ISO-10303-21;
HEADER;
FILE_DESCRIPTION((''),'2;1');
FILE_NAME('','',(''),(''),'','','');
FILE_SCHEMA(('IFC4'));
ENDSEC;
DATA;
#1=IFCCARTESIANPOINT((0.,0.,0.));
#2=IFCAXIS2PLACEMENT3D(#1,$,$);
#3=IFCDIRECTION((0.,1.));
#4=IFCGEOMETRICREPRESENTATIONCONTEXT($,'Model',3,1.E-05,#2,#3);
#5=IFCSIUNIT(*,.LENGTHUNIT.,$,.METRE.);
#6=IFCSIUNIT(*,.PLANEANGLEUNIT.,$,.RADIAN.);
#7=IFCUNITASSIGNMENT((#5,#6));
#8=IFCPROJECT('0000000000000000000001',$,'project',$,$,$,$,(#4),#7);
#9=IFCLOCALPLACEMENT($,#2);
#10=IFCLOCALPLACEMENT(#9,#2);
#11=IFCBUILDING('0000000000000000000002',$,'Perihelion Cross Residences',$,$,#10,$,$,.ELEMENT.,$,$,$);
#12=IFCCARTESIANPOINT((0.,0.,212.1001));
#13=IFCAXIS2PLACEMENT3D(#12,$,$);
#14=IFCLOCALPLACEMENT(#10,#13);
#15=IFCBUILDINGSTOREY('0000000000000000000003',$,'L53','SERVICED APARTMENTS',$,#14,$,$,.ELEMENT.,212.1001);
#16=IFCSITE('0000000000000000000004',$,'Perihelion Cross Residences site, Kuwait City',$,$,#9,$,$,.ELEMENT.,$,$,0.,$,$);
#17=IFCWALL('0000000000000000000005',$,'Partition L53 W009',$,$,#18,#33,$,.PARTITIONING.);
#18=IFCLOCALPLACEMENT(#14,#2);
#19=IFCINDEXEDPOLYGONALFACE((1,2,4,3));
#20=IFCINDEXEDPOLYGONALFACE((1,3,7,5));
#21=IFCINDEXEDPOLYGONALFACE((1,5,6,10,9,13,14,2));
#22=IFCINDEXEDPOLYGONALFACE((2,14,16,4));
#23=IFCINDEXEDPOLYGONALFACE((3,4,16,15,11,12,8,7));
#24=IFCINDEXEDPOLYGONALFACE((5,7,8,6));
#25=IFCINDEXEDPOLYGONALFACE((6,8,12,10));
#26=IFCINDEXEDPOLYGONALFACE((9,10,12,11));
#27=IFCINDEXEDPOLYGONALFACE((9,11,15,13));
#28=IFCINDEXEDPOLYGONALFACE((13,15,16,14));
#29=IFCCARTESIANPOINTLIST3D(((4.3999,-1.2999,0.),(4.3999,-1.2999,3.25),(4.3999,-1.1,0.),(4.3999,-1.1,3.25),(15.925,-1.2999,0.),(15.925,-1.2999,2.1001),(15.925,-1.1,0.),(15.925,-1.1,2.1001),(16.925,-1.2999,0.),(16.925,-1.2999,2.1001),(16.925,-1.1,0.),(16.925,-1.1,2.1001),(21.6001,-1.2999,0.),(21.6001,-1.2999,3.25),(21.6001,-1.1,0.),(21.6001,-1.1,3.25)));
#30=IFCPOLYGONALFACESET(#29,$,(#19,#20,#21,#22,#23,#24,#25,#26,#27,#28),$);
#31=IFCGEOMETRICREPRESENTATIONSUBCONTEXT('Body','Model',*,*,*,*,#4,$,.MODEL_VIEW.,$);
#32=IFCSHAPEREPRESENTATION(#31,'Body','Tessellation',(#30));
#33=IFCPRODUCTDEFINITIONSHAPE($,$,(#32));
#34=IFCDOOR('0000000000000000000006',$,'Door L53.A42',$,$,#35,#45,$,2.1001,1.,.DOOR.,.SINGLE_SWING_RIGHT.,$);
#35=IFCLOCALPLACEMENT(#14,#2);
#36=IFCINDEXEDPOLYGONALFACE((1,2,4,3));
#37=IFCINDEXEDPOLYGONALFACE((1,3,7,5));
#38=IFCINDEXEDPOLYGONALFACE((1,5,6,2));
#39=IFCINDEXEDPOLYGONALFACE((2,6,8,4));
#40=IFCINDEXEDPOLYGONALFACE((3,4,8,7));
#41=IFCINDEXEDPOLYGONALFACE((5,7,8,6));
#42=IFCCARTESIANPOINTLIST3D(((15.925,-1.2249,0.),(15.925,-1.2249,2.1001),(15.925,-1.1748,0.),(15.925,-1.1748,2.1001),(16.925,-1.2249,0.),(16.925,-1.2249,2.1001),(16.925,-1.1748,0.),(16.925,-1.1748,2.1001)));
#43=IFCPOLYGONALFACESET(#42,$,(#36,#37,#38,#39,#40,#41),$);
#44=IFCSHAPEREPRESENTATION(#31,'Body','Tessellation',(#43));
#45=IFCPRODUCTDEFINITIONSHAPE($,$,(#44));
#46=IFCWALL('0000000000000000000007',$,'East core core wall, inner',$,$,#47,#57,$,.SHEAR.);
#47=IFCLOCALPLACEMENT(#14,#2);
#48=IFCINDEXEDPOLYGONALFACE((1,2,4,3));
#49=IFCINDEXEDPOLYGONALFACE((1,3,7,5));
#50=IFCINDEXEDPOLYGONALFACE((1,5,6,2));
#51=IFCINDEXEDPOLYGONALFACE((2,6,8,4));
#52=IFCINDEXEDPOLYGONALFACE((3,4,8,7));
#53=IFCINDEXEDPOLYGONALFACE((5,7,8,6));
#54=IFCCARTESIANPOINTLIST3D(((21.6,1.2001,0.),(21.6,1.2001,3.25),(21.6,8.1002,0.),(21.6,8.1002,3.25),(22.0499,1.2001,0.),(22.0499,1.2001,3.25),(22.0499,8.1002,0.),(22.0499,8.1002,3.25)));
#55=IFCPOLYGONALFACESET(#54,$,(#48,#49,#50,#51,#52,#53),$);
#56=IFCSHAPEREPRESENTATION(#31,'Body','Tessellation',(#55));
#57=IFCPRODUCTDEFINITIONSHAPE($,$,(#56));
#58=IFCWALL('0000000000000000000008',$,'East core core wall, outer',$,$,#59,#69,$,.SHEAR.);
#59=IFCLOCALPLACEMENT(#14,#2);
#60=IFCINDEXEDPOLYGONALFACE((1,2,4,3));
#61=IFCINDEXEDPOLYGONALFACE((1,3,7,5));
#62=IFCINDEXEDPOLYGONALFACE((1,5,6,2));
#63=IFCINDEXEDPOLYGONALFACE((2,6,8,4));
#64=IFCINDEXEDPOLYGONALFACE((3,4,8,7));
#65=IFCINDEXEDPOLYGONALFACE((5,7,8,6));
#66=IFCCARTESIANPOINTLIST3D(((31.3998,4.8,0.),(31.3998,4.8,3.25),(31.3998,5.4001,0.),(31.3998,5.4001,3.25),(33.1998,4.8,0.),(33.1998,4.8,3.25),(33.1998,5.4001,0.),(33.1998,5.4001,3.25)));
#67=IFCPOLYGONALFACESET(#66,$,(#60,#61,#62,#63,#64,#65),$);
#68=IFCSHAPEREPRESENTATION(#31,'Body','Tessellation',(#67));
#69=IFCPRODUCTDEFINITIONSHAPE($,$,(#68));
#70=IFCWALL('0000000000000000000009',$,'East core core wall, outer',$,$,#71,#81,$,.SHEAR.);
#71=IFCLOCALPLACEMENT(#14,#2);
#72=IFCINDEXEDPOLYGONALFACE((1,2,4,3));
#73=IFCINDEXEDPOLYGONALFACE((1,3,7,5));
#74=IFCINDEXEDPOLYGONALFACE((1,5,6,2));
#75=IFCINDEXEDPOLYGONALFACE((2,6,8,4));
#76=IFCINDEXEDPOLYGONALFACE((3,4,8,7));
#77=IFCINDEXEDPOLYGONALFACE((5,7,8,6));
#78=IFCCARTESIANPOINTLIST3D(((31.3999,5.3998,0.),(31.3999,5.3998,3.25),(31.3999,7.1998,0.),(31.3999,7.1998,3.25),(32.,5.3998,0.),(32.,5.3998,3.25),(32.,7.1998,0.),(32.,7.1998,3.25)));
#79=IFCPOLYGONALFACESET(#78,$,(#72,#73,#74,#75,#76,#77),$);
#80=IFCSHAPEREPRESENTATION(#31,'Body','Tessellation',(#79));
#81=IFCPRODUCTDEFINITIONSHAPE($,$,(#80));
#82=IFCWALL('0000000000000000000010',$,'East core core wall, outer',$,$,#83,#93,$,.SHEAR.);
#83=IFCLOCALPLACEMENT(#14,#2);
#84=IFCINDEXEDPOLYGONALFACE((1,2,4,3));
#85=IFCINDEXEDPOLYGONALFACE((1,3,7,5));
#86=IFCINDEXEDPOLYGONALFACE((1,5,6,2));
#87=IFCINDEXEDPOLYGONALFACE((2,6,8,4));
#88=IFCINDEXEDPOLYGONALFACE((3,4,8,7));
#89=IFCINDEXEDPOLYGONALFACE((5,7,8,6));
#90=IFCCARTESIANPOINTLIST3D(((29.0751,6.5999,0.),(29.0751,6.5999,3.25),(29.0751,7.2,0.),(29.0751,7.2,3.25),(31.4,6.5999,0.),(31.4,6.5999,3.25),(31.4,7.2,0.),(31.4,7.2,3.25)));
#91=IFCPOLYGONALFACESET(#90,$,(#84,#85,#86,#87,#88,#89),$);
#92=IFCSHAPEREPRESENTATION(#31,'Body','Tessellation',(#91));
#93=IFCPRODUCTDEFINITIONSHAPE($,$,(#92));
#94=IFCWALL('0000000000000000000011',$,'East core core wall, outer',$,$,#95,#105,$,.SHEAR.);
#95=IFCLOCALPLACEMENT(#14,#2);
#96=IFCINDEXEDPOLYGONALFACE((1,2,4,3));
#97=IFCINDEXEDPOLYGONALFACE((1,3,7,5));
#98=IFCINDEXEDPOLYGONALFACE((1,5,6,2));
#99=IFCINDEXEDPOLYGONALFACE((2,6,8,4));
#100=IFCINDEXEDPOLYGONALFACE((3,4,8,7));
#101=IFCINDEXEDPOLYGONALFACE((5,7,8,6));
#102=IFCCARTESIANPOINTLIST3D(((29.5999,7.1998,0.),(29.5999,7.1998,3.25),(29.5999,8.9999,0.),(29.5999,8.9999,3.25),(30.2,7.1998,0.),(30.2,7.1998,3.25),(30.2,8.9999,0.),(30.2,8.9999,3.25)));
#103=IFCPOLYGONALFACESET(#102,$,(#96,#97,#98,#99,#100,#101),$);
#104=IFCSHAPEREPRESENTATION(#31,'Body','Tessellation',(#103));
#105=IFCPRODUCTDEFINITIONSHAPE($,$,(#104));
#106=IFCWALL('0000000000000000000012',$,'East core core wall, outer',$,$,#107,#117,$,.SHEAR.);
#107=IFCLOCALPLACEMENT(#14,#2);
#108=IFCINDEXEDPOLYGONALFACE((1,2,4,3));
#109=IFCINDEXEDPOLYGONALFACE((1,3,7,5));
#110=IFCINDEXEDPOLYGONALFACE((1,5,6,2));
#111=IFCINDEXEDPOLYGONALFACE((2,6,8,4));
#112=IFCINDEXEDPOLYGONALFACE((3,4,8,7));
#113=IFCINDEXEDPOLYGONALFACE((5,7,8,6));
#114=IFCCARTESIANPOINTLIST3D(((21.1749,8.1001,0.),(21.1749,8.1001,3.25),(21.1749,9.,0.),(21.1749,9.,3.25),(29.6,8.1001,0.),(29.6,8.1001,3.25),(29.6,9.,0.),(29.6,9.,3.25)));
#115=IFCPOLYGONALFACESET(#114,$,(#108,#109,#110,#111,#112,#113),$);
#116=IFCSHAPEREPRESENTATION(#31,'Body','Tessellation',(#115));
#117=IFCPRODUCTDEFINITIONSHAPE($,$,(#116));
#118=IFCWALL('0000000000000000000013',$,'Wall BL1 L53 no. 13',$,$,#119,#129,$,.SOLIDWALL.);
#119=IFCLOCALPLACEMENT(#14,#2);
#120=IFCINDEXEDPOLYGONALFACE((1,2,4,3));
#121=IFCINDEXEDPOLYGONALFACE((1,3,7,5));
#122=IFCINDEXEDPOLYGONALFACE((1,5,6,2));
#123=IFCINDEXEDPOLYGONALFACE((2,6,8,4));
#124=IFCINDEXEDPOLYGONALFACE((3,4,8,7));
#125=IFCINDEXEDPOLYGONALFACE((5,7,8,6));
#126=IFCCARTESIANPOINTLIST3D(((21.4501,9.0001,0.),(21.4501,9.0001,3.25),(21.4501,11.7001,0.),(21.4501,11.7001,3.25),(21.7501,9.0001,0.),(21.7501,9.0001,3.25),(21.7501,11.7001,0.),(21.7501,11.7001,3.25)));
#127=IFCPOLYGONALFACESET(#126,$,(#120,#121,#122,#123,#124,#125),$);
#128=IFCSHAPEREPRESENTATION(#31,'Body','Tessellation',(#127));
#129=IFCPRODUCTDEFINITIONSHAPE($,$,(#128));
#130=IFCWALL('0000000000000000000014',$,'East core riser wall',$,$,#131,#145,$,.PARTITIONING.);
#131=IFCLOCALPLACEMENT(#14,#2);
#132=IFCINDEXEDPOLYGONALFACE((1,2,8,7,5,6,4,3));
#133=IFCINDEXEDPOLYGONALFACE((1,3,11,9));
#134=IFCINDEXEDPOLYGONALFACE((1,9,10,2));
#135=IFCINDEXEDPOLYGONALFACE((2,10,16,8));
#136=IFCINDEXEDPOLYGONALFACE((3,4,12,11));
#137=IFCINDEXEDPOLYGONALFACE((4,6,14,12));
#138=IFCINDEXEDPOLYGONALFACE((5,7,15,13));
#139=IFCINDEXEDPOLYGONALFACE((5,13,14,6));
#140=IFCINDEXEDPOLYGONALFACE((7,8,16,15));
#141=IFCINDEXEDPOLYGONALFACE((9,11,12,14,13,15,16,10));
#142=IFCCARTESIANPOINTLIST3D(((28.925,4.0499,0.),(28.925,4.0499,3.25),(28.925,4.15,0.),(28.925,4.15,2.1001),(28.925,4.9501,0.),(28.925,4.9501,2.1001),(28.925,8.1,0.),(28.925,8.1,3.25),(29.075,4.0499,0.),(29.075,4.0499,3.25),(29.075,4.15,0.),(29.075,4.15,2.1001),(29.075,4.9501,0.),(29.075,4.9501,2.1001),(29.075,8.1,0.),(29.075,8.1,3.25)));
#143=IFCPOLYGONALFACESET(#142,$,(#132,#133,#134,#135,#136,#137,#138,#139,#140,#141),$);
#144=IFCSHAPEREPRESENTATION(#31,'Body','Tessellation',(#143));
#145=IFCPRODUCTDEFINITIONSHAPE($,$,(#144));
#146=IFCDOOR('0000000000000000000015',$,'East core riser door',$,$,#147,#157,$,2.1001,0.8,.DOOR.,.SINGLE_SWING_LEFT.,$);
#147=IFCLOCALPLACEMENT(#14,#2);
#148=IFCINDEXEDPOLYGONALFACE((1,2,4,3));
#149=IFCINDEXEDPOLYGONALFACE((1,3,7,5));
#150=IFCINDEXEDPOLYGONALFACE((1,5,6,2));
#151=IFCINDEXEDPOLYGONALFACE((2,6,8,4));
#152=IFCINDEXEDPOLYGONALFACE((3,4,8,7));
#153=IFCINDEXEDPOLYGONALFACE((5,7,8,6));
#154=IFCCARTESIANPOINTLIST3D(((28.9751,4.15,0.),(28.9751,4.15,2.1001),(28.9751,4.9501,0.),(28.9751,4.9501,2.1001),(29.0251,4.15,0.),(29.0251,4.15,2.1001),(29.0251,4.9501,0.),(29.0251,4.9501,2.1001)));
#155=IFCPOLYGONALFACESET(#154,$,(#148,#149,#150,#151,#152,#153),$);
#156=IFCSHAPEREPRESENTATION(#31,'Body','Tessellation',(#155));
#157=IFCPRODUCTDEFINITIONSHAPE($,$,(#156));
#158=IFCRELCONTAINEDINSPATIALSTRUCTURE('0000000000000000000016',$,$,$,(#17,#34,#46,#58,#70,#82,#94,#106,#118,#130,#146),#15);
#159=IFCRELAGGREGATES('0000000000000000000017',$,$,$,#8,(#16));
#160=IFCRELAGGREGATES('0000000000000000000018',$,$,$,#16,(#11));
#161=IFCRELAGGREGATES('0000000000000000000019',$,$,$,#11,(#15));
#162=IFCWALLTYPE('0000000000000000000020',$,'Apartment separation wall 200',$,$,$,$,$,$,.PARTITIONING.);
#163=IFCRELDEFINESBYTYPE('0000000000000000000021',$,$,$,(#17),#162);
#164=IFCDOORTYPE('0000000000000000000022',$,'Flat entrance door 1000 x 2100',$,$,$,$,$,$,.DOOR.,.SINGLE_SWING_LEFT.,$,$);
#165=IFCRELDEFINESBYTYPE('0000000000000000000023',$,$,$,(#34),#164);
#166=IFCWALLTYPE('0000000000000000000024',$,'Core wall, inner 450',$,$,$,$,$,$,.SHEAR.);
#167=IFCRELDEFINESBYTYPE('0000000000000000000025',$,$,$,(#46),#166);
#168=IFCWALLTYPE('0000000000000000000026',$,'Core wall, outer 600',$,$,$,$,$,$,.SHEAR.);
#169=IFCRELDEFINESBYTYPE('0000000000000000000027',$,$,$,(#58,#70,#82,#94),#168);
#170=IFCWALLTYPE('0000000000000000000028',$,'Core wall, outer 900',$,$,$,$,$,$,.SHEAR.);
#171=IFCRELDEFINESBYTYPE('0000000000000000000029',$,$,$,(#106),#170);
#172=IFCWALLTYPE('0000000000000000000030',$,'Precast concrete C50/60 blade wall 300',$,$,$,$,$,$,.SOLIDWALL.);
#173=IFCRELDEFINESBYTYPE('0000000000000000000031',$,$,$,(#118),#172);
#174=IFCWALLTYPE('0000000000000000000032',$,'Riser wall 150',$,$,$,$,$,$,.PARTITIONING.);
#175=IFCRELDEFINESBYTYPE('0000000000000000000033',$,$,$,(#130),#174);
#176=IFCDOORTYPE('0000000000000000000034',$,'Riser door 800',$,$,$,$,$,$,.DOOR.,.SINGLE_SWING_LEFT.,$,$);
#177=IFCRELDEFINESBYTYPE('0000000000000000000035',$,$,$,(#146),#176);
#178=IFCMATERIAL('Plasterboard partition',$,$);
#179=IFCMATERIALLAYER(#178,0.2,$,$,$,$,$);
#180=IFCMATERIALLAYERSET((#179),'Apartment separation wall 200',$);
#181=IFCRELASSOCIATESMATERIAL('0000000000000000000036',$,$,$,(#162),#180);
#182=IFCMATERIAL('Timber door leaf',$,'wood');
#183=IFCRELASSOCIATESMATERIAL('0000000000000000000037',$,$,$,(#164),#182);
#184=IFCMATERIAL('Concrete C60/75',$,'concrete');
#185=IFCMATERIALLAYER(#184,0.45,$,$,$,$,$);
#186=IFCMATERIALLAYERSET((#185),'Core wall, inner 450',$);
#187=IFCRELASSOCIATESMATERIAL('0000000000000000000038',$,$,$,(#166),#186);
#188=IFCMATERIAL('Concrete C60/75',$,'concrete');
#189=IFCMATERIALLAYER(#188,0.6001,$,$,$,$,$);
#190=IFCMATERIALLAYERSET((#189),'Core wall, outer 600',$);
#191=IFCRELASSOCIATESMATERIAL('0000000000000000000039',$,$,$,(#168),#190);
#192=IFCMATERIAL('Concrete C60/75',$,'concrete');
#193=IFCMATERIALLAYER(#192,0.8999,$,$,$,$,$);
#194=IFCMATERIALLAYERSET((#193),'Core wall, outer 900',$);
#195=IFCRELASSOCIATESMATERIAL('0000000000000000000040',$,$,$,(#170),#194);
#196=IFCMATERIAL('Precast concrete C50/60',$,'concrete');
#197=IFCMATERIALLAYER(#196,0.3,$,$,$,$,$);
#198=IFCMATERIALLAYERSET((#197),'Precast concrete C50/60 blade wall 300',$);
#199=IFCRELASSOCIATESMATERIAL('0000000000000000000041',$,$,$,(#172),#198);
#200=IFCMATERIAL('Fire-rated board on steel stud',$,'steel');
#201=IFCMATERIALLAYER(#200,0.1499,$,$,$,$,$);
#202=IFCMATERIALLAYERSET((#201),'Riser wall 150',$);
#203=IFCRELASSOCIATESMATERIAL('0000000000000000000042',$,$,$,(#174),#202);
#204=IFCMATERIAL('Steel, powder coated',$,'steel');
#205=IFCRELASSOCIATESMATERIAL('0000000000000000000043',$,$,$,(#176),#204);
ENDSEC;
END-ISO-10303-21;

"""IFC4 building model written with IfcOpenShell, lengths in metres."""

from ifc_helpers import new_model, si_unit, direction, frame, frame_2d, origin, place, context, subcontext, project, spatial, rectangle, extrude, material, layer, layer_set, type_object, element, fill, save


model = new_model("IFC4")

# Units and contexts
model_context = context("Model", 3, precision=1e-05, world=origin(), true_north=direction((0.0, 1.0)))
body_context = subcontext(model_context, "Body", "Model", "MODEL_VIEW")
ifc_project = project(units=[si_unit("LENGTHUNIT", "METRE"), si_unit("PLANEANGLEUNIT", "RADIAN")], contexts=[model_context])

# Site, building, storey
site_placement = place(None, origin())
site = spatial("IfcSite", under=ifc_project, at=site_placement, Name="Perihelion Cross Residences site, Kuwait City", CompositionType="ELEMENT", RefElevation=0.0)
building_placement = place(site_placement, origin())
building = spatial("IfcBuilding", under=site, at=building_placement, Name="Perihelion Cross Residences", CompositionType="ELEMENT")
storey_placement = place(building_placement, frame((0.0, 0.0, 212.1001)))
storey = spatial("IfcBuildingStorey", under=building, at=storey_placement, Name="L53", Description="SERVICED APARTMENTS", CompositionType="ELEMENT", Elevation=212.1001)

# Wall, opening, door
ifc_material_1 = material(Name="Plasterboard partition")
ifc_layer_1 = layer(ifc_material_1, 0.2)
ifc_layer_set_1 = layer_set([ifc_layer_1], Name="Apartment separation wall 200")
wall_type_1 = type_object("IfcWallType", Name="Apartment separation wall 200", PredefinedType="PARTITIONING", material=ifc_layer_set_1)
wall_1_placement = place(storey_placement, frame((21.6001, -1.2, 0.0), z_axis=(0.0, 0.0, 1.0), x_axis=(-1.0, 0.0, 0.0)))
wall_1 = element("IfcWall", 1, at=wall_1_placement, inside=storey, type_object=wall_type_1, Name="Partition L53 W009", PredefinedType="PARTITIONING", context=body_context, shape_type="SweptSolid", body=[
    extrude(rectangle(XDim=17.2002, YDim=0.2, at=frame_2d((8.6001, 0.0))), origin(), (0.0, 0.0, 1.0), 3.25),
])
opening_1_placement = place(wall_1_placement, frame((4.675, 0.0, 0.0)))
opening_1 = element("IfcOpeningElement", 2, at=opening_1_placement, cuts=wall_1, PredefinedType="OPENING", context=body_context, shape_type="SweptSolid", body=[
    extrude(rectangle(XDim=1.0, YDim=2.1001, at=frame_2d((0.5, 1.05))), frame((0.0, 0.1099, 0.0), z_axis=(0.0, -1.0, 0.0), x_axis=(1.0, 0.0, 0.0)), (0.0, 0.0, 1.0), 0.22),
])
ifc_material_2 = material(Name="Timber door leaf", Category="wood")
door_type_1 = type_object("IfcDoorType", Name="Flat entrance door 1000 x 2100", OperationType="SINGLE_SWING_LEFT", PredefinedType="DOOR", material=ifc_material_2)
door_1_placement = place(opening_1_placement, origin())
door_1 = element("IfcDoor", 3, at=door_1_placement, inside=storey, type_object=door_type_1, Name="Door L53.A42", OperationType="SINGLE_SWING_RIGHT", OverallHeight=2.1001, OverallWidth=1.0, PredefinedType="DOOR", context=body_context, shape_type="SweptSolid", body=[
    extrude(rectangle(XDim=1.0, YDim=2.1001, at=frame_2d((0.5, 1.05))), frame((0.0, 0.0249, 0.0), z_axis=(0.0, -1.0, 0.0), x_axis=(1.0, 0.0, 0.0)), (0.0, 0.0, 1.0), 0.05),
])
fill(opening_1, door_1)

# Walls
ifc_material_3 = material(Name="Concrete C60/75", Category="concrete")
ifc_layer_2 = layer(ifc_material_3, 0.45)
ifc_layer_set_2 = layer_set([ifc_layer_2], Name="Core wall, inner 450")
wall_type_2 = type_object("IfcWallType", Name="Core wall, inner 450", PredefinedType="SHEAR", material=ifc_layer_set_2)
wall_2_placement = place(storey_placement, frame((21.825, 1.2, 0.0), z_axis=(0.0, 0.0, 1.0), x_axis=(0.0, 1.0, 0.0)))
element("IfcWall", 4, at=wall_2_placement, inside=storey, type_object=wall_type_2, Name="East core core wall, inner", PredefinedType="SHEAR", context=body_context, shape_type="SweptSolid", body=[
    extrude(rectangle(XDim=6.9001, YDim=0.45, at=frame_2d((3.4502, 0.0))), origin(), (0.0, 0.0, 1.0), 3.25),
])
ifc_material_4 = material(Name="Concrete C60/75", Category="concrete")
ifc_layer_3 = layer(ifc_material_4, 0.6001)
ifc_layer_set_3 = layer_set([ifc_layer_3], Name="Core wall, outer 600")
wall_type_3 = type_object("IfcWallType", Name="Core wall, outer 600", PredefinedType="SHEAR", material=ifc_layer_set_3)
for number, where, z_axis, x_axis, name in (
    (5, (31.3999, 5.1001, 0.0), (0.0, 0.0, 1.0), (1.0, 0.0, 0.0), "East core core wall, outer"),
    (6, (31.7, 5.3999, 0.0), (0.0, 0.0, 1.0), (0.0, 1.0, 0.0), "East core core wall, outer"),
):
    element("IfcWall", number, at=place(storey_placement, frame(where, z_axis=z_axis, x_axis=x_axis)), inside=storey, type_object=wall_type_3, Name=name, PredefinedType="SHEAR", context=body_context, shape_type="SweptSolid", body=[
        extrude(rectangle(XDim=1.8, YDim=0.6001, at=frame_2d((0.8999, 0.0))), origin(), (0.0, 0.0, 1.0), 3.25),
    ])
wall_3_placement = place(storey_placement, frame((29.075, 6.8999, 0.0), z_axis=(0.0, 0.0, 1.0), x_axis=(1.0, 0.0, 0.0)))
element("IfcWall", 7, at=wall_3_placement, inside=storey, type_object=wall_type_3, Name="East core core wall, outer", PredefinedType="SHEAR", context=body_context, shape_type="SweptSolid", body=[
    extrude(rectangle(XDim=2.325, YDim=0.6001, at=frame_2d((1.1626, 0.0))), origin(), (0.0, 0.0, 1.0), 3.25),
])
wall_4_placement = place(storey_placement, frame((29.8999, 7.2, 0.0), z_axis=(0.0, 0.0, 1.0), x_axis=(0.0, 1.0, 0.0)))
element("IfcWall", 8, at=wall_4_placement, inside=storey, type_object=wall_type_3, Name="East core core wall, outer", PredefinedType="SHEAR", context=body_context, shape_type="SweptSolid", body=[
    extrude(rectangle(XDim=1.8, YDim=0.6001, at=frame_2d((0.8999, 0.0))), origin(), (0.0, 0.0, 1.0), 3.25),
])
ifc_material_5 = material(Name="Concrete C60/75", Category="concrete")
ifc_layer_4 = layer(ifc_material_5, 0.8999)
ifc_layer_set_4 = layer_set([ifc_layer_4], Name="Core wall, outer 900")
wall_type_4 = type_object("IfcWallType", Name="Core wall, outer 900", PredefinedType="SHEAR", material=ifc_layer_set_4)
wall_5_placement = place(storey_placement, frame((21.175, 8.55, 0.0), z_axis=(0.0, 0.0, 1.0), x_axis=(1.0, 0.0, 0.0)))
element("IfcWall", 9, at=wall_5_placement, inside=storey, type_object=wall_type_4, Name="East core core wall, outer", PredefinedType="SHEAR", context=body_context, shape_type="SweptSolid", body=[
    extrude(rectangle(XDim=8.425, YDim=0.8999, at=frame_2d((4.2124, 0.0))), origin(), (0.0, 0.0, 1.0), 3.25),
])
ifc_material_6 = material(Name="Precast concrete C50/60", Category="concrete")
ifc_layer_5 = layer(ifc_material_6, 0.3)
ifc_layer_set_5 = layer_set([ifc_layer_5], Name="Precast concrete C50/60 blade wall 300")
wall_type_5 = type_object("IfcWallType", Name="Precast concrete C50/60 blade wall 300", PredefinedType="SOLIDWALL", material=ifc_layer_set_5)
wall_6_placement = place(storey_placement, frame((21.6001, 9.0, 0.0), z_axis=(0.0, 0.0, 1.0), x_axis=(0.0, 1.0, 0.0)))
element("IfcWall", 10, at=wall_6_placement, inside=storey, type_object=wall_type_5, Name="Wall BL1 L53 no. 13", PredefinedType="SOLIDWALL", context=body_context, shape_type="SweptSolid", body=[
    extrude(rectangle(XDim=2.7, YDim=0.3, at=frame_2d((1.3501, 0.0))), origin(), (0.0, 0.0, 1.0), 3.25),
])

# Wall, opening, door
ifc_material_7 = material(Name="Fire-rated board on steel stud", Category="steel")
ifc_layer_6 = layer(ifc_material_7, 0.1499)
ifc_layer_set_6 = layer_set([ifc_layer_6], Name="Riser wall 150")
wall_type_6 = type_object("IfcWallType", Name="Riser wall 150", PredefinedType="PARTITIONING", material=ifc_layer_set_6)
wall_7_placement = place(storey_placement, frame((29.0, 4.05, 0.0), z_axis=(0.0, 0.0, 1.0), x_axis=(0.0, 1.0, 0.0)))
wall_7 = element("IfcWall", 11, at=wall_7_placement, inside=storey, type_object=wall_type_6, Name="East core riser wall", PredefinedType="PARTITIONING", context=body_context, shape_type="SweptSolid", body=[
    extrude(rectangle(XDim=4.05, YDim=0.1499, at=frame_2d((2.0249, 0.0))), origin(), (0.0, 0.0, 1.0), 3.25),
])
opening_2_placement = place(wall_7_placement, frame((0.1001, 0.0, 0.0)))
opening_2 = element("IfcOpeningElement", 12, at=opening_2_placement, cuts=wall_7, PredefinedType="OPENING", context=body_context, shape_type="SweptSolid", body=[
    extrude(rectangle(XDim=0.8, YDim=2.1001, at=frame_2d((0.3999, 1.05))), frame((0.0, 0.085, 0.0), z_axis=(0.0, -1.0, 0.0), x_axis=(1.0, 0.0, 0.0)), (0.0, 0.0, 1.0), 0.1699),
])
ifc_material_8 = material(Name="Steel, powder coated", Category="steel")
door_type_2 = type_object("IfcDoorType", Name="Riser door 800", OperationType="SINGLE_SWING_LEFT", PredefinedType="DOOR", material=ifc_material_8)
door_2_placement = place(opening_2_placement, origin())
door_2 = element("IfcDoor", 13, at=door_2_placement, inside=storey, type_object=door_type_2, Name="East core riser door", OperationType="SINGLE_SWING_LEFT", OverallHeight=2.1001, OverallWidth=0.8, PredefinedType="DOOR", context=body_context, shape_type="SweptSolid", body=[
    extrude(rectangle(XDim=0.8, YDim=2.1001, at=frame_2d((0.3999, 1.05))), frame((0.0, 0.0249, 0.0), z_axis=(0.0, -1.0, 0.0), x_axis=(1.0, 0.0, 0.0)), (0.0, 0.0, 1.0), 0.05),
])
fill(opening_2, door_2)

save(model, "model.ifc")
